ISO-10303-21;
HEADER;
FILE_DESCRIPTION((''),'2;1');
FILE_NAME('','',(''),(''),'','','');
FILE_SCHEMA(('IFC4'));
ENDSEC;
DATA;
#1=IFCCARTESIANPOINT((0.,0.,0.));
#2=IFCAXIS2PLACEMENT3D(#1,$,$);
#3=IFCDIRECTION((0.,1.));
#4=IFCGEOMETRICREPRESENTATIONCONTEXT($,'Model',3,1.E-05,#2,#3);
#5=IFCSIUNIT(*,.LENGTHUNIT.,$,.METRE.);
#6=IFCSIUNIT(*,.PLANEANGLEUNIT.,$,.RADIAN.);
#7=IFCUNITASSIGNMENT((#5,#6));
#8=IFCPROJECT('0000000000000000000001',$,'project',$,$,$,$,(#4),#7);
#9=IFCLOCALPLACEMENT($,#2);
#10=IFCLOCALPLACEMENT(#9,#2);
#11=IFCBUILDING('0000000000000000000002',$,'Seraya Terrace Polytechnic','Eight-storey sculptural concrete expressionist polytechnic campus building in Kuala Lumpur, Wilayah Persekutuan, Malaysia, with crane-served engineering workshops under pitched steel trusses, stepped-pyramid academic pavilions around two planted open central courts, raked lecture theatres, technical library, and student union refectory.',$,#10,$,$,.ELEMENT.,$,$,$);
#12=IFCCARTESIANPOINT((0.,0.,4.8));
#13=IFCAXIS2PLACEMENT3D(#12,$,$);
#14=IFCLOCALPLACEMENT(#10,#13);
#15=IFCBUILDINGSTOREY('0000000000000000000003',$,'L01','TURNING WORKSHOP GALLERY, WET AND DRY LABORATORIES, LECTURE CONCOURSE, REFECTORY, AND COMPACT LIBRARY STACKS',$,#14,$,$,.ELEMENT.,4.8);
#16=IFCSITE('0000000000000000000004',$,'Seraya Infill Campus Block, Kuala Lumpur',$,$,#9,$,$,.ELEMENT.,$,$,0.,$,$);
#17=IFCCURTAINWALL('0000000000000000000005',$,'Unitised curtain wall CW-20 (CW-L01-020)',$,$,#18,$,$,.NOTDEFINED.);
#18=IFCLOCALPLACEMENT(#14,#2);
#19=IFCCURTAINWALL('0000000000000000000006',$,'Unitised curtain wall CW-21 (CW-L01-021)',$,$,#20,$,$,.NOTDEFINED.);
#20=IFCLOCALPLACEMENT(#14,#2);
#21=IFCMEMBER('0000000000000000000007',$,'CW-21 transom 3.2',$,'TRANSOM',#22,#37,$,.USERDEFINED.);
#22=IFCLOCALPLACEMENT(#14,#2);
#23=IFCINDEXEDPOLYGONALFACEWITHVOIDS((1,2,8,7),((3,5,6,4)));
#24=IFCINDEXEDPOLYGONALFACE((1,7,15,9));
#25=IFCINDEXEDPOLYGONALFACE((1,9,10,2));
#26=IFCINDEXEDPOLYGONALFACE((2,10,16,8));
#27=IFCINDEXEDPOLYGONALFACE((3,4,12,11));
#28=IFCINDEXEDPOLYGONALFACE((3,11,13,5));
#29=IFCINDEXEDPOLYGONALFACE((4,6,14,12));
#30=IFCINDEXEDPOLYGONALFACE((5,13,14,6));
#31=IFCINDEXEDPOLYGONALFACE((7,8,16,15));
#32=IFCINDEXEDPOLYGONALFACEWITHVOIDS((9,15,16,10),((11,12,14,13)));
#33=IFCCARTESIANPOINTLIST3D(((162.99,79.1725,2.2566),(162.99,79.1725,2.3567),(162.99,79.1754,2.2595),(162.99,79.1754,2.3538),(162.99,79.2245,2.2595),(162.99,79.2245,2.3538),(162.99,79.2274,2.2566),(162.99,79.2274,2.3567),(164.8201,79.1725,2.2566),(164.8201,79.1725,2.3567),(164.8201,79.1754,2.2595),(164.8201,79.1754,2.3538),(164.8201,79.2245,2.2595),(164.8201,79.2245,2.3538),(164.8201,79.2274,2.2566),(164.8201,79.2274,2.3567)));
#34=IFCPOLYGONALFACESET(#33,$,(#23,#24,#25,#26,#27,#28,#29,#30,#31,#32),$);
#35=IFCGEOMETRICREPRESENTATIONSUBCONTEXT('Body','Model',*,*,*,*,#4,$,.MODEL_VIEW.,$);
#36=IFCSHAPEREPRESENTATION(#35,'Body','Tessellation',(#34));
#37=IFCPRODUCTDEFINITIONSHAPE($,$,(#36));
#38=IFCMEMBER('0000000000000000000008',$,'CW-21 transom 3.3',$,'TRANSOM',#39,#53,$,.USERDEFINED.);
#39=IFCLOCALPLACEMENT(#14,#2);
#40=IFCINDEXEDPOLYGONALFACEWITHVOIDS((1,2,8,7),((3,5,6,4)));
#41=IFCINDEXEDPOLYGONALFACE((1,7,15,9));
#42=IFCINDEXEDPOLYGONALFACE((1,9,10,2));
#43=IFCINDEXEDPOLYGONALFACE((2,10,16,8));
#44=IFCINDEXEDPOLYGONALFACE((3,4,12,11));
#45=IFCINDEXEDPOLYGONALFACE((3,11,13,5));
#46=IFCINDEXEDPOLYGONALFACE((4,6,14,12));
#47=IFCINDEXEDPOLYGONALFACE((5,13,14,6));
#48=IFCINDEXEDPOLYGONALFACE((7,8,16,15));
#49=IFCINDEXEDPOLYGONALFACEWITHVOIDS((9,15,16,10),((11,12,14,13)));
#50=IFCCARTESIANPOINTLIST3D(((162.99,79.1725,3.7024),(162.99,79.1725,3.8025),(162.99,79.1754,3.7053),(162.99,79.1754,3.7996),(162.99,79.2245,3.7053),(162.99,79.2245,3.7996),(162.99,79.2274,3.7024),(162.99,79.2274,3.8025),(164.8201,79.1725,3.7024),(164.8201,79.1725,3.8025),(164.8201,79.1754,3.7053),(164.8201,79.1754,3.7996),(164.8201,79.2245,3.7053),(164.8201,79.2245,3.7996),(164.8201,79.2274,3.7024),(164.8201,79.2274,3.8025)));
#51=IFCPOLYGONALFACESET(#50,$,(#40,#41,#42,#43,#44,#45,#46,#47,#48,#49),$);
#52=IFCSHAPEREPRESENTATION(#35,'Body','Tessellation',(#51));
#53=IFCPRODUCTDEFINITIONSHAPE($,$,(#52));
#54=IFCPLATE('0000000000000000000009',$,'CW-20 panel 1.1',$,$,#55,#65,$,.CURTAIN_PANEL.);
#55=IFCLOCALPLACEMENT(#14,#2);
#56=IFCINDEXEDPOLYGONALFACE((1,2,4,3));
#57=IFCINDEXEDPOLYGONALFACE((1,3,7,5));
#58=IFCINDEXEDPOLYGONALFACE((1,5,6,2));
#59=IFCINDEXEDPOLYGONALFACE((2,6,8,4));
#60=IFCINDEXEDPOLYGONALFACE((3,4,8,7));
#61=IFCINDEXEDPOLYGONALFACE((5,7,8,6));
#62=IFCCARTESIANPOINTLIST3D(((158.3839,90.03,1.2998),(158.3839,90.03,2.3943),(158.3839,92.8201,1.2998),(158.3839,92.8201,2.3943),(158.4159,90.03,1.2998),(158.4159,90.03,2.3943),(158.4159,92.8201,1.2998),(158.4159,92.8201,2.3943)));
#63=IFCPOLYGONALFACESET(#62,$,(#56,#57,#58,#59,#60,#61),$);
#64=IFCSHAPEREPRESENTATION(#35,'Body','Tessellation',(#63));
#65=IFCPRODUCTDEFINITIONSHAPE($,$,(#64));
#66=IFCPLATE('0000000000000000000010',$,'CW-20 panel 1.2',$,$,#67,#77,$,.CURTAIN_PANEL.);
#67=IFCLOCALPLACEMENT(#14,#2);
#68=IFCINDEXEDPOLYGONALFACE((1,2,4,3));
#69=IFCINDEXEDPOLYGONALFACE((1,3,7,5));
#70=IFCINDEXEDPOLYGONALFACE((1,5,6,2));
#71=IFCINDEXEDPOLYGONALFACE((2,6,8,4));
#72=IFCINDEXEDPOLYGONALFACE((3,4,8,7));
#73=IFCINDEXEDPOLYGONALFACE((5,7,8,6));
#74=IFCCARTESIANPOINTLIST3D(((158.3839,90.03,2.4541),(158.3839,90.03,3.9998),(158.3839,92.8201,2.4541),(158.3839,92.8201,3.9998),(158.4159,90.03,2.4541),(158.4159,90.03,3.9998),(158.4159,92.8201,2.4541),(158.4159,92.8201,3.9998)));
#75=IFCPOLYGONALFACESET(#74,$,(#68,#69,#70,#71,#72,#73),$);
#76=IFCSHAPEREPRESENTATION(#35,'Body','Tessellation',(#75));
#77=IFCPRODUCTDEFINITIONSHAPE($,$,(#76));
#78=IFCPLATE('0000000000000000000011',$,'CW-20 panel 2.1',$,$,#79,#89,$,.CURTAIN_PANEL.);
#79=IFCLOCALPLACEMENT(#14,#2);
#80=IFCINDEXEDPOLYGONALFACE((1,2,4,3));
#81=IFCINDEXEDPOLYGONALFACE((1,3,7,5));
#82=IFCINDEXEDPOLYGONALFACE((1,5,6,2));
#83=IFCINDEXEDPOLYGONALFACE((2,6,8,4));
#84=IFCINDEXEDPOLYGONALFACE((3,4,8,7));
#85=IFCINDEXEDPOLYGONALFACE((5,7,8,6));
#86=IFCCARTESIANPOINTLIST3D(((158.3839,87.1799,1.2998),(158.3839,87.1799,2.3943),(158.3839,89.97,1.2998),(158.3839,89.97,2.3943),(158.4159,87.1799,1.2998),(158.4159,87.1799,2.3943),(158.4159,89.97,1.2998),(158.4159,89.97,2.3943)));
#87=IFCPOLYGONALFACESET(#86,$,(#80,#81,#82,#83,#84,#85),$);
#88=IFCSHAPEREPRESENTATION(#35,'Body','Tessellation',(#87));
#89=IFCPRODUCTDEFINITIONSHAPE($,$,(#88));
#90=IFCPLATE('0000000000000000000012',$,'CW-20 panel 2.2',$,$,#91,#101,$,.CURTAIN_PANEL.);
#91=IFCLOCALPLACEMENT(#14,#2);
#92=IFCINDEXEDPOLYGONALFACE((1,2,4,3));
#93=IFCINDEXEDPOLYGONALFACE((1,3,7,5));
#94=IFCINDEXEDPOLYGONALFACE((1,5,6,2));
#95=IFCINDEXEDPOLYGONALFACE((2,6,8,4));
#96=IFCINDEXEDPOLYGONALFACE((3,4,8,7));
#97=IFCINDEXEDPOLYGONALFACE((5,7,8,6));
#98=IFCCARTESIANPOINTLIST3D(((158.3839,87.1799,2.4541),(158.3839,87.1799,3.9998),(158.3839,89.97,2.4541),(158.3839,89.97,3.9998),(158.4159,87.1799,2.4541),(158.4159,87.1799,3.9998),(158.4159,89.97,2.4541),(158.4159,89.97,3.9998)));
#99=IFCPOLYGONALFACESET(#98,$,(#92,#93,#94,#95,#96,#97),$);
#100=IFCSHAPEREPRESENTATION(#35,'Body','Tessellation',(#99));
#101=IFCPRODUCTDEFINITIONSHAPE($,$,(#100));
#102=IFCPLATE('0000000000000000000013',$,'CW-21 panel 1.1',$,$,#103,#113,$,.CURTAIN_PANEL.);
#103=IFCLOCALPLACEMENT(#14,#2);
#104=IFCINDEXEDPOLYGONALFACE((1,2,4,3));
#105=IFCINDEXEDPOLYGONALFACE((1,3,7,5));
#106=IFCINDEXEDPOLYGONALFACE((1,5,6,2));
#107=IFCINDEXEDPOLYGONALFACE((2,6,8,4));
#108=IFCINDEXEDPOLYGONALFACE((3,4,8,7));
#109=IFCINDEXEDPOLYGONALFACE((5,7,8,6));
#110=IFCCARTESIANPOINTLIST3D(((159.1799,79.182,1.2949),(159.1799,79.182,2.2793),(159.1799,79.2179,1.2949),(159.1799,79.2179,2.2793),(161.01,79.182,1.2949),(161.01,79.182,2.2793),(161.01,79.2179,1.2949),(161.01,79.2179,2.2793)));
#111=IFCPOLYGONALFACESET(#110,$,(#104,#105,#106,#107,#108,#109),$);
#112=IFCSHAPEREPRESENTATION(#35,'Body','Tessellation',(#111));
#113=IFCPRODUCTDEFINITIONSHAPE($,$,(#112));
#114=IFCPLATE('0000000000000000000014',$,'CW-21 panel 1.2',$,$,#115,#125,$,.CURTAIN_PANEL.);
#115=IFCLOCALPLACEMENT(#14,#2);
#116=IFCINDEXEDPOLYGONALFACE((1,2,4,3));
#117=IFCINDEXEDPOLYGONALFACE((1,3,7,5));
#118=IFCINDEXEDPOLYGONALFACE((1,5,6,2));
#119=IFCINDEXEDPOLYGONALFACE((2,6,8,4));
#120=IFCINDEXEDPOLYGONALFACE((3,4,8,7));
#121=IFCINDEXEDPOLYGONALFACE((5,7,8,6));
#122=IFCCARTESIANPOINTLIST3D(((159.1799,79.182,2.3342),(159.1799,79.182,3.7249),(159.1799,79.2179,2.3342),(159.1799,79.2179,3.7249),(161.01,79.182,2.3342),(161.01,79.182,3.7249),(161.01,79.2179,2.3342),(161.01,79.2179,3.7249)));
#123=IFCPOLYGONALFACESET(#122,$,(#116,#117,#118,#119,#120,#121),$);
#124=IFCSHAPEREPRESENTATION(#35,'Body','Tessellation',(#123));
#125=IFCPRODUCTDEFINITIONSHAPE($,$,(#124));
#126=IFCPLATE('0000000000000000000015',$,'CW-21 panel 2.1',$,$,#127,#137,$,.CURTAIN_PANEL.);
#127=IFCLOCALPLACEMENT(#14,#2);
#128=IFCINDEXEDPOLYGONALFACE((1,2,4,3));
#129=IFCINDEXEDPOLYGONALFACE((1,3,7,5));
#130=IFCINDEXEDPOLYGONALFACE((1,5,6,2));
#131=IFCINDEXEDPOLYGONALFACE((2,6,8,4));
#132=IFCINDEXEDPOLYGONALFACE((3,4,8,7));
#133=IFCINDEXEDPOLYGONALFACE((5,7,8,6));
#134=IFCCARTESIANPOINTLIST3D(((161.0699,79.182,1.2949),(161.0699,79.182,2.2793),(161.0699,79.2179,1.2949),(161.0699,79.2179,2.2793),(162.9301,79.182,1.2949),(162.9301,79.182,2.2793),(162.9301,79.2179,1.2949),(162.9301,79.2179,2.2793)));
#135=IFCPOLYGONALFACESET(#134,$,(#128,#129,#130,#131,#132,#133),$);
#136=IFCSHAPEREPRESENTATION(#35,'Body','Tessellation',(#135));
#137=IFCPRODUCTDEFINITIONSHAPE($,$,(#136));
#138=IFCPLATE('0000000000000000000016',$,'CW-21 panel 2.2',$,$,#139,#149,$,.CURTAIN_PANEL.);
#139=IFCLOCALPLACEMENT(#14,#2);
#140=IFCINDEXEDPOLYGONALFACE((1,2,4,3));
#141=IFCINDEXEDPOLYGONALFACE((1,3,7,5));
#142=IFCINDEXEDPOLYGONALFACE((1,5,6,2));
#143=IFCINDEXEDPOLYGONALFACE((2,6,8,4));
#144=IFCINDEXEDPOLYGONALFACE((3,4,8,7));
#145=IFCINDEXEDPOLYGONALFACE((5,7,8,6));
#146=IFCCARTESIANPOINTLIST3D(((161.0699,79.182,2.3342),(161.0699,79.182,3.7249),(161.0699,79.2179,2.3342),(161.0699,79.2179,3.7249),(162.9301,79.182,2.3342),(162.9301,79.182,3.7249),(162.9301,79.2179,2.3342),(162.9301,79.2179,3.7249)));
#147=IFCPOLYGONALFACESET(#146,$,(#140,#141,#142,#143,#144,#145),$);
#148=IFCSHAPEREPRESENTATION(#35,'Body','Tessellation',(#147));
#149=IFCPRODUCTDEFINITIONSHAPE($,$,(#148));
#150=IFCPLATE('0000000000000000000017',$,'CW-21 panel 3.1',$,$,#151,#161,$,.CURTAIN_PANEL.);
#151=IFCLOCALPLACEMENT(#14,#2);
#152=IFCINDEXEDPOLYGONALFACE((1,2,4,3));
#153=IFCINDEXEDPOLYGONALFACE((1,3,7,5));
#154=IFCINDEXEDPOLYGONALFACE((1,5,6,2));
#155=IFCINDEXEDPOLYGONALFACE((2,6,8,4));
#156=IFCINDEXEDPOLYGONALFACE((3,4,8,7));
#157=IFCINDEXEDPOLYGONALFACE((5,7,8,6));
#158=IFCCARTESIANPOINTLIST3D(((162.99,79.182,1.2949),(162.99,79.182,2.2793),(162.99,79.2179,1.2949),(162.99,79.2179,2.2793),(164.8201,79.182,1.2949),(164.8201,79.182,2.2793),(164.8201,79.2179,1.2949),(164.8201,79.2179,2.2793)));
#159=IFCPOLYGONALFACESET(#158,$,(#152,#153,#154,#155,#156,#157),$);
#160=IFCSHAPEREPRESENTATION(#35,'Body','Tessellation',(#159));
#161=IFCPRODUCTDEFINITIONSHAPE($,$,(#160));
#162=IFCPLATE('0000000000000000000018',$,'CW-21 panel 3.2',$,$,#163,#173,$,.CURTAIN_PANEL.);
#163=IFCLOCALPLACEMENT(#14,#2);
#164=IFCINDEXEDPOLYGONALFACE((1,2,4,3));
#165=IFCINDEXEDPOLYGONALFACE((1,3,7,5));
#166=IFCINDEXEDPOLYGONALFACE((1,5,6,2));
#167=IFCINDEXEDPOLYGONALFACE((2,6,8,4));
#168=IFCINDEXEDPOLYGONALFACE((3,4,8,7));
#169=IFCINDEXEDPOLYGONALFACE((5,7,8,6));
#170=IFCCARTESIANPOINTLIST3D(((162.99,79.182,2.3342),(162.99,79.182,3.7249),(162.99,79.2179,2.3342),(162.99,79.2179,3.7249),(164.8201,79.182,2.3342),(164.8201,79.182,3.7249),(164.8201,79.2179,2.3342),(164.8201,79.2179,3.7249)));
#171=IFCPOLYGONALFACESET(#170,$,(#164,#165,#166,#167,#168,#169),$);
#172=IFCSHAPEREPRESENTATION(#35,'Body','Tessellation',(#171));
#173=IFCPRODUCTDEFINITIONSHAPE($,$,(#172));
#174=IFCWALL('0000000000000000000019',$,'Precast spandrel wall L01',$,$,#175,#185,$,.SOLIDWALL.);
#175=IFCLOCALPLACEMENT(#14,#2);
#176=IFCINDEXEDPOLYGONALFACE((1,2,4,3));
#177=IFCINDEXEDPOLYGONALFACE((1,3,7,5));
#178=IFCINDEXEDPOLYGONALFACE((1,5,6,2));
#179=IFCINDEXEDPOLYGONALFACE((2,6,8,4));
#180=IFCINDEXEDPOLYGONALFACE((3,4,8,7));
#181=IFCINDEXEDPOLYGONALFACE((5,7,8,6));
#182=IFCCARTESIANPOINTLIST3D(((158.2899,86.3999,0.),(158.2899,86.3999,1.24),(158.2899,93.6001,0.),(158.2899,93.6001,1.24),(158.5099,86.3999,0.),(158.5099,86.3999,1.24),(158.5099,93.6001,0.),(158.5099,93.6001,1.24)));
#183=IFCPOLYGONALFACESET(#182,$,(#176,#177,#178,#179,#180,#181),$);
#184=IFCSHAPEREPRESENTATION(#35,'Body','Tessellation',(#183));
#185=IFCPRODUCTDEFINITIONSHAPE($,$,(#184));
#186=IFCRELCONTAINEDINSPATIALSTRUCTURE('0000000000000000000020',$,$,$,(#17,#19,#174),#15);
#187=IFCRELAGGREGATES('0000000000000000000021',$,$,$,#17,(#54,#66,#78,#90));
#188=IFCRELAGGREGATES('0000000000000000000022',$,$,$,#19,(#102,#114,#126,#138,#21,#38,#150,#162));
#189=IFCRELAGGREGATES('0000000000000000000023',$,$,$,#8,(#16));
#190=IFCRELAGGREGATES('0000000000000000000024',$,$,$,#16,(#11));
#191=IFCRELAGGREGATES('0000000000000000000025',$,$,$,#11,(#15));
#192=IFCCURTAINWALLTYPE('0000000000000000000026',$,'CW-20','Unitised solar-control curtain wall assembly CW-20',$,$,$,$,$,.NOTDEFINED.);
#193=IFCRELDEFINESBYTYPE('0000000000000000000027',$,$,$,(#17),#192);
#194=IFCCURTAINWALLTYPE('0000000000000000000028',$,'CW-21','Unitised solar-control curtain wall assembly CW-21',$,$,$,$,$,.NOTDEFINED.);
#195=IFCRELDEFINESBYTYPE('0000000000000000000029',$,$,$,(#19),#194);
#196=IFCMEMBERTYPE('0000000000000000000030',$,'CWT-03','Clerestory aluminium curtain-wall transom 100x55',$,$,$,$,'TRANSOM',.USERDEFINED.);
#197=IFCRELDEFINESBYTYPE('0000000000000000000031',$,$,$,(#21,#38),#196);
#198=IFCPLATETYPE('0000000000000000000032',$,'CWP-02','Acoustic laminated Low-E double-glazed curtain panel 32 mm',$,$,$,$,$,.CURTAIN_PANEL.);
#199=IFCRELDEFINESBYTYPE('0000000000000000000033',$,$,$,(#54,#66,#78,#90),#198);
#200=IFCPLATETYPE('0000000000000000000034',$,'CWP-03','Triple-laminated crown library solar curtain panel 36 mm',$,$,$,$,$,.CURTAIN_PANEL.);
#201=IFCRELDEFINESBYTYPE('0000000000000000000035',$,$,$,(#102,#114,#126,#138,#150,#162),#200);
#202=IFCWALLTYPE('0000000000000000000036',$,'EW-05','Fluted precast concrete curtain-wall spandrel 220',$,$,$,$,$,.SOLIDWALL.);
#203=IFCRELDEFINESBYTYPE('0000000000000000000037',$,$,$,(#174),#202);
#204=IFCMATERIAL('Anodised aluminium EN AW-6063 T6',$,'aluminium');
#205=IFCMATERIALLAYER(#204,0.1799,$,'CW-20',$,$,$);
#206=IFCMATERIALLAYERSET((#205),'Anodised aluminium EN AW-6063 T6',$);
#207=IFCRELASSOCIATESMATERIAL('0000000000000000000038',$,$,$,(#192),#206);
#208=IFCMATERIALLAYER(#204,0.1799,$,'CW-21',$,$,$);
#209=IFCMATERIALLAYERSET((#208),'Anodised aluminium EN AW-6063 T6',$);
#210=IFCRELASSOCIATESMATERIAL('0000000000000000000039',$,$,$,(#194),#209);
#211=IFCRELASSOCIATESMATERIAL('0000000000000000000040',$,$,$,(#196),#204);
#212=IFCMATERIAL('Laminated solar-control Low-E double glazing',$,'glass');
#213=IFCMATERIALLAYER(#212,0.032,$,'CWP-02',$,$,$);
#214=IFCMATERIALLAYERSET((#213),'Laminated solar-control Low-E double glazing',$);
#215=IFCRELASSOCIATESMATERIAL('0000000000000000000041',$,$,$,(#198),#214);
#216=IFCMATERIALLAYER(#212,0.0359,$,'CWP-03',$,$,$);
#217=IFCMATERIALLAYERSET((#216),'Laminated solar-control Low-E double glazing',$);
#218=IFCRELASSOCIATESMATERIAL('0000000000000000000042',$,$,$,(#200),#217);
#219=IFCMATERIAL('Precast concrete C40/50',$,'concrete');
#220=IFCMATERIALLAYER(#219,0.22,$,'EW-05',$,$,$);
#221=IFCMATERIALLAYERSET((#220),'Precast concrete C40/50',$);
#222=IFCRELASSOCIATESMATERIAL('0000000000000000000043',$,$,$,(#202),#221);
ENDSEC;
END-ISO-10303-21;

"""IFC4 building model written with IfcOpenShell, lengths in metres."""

from ifc_helpers import new_model, si_unit, direction, frame, frame_2d, origin, origin_2d, place, context, subcontext, project, spatial, rectangle, hollow_rectangle, extrude, material, layer, layer_set, material_profile, profile_set, type_object, element, aggregate, save


model = new_model("IFC4")

# Units and contexts
model_context = context("Model", 3, precision=1e-05, world=origin(), true_north=direction((0.0, 1.0)))
body_context = subcontext(model_context, "Body", "Model", "MODEL_VIEW")
ifc_project = project(units=[si_unit("LENGTHUNIT", "METRE"), si_unit("PLANEANGLEUNIT", "RADIAN")], contexts=[model_context])

# Site, building, storey
site_placement = place(None, origin())
site = spatial("IfcSite", under=ifc_project, at=site_placement, Name="Seraya Infill Campus Block, Kuala Lumpur", CompositionType="ELEMENT", RefElevation=0.0)
building_placement = place(site_placement, origin())
building = spatial("IfcBuilding", under=site, at=building_placement, Name="Seraya Terrace Polytechnic", Description="Eight-storey sculptural concrete expressionist polytechnic campus building in Kuala Lumpur, Wilayah Persekutuan, Malaysia, with crane-served engineering workshops under pitched steel trusses, stepped-pyramid academic pavilions around two planted open central courts, raked lecture theatres, technical library, and student union refectory.", CompositionType="ELEMENT")
storey_placement = place(building_placement, frame((0.0, 0.0, 4.8)))
storey = spatial("IfcBuildingStorey", under=building, at=storey_placement, Name="L01", Description="TURNING WORKSHOP GALLERY, WET AND DRY LABORATORIES, LECTURE CONCOURSE, REFECTORY, AND COMPACT LIBRARY STACKS", CompositionType="ELEMENT", Elevation=4.8)

# Curtain walls
ifc_material_1 = material(Name="Anodised aluminium EN AW-6063 T6", Category="aluminium")
ifc_layer_1 = layer(ifc_material_1, 0.1799, Name="CW-20")
ifc_layer_set_1 = layer_set([ifc_layer_1], Name="Anodised aluminium EN AW-6063 T6")
curtain_wall_type_1 = type_object("IfcCurtainWallType", Name="CW-20", Description="Unitised solar-control curtain wall assembly CW-20", PredefinedType="NOTDEFINED", material=ifc_layer_set_1)
curtain_wall_1_placement = place(storey_placement, origin())
curtain_wall_1 = element("IfcCurtainWall", 1, at=curtain_wall_1_placement, inside=storey, type_object=curtain_wall_type_1, Name="Unitised curtain wall CW-20 (CW-L01-020)", PredefinedType="NOTDEFINED")
ifc_layer_2 = layer(ifc_material_1, 0.1799, Name="CW-21")
ifc_layer_set_2 = layer_set([ifc_layer_2], Name="Anodised aluminium EN AW-6063 T6")
curtain_wall_type_2 = type_object("IfcCurtainWallType", Name="CW-21", Description="Unitised solar-control curtain wall assembly CW-21", PredefinedType="NOTDEFINED", material=ifc_layer_set_2)
curtain_wall_2_placement = place(storey_placement, origin())
curtain_wall_2 = element("IfcCurtainWall", 2, at=curtain_wall_2_placement, inside=storey, type_object=curtain_wall_type_2, Name="Unitised curtain wall CW-21 (CW-L01-021)", PredefinedType="NOTDEFINED")

# Members
ifc_material_profile_1 = material_profile(ifc_material_1, hollow_rectangle(XDim=0.0549, YDim=0.1001, WallThickness=0.0029, at=origin_2d()), Name="RHS 100x55x3.0")
ifc_profile_set_1 = profile_set([ifc_material_profile_1], Name="Anodised aluminium EN AW-6063 T6")
member_type_1 = type_object("IfcMemberType", Name="CWT-03", Description="Clerestory aluminium curtain-wall transom 100x55", ElementType="TRANSOM", PredefinedType="USERDEFINED", material=ifc_profile_set_1)
member_1_placement = place(storey_placement, frame((162.99, 79.2, 2.3066), z_axis=(1.0, 0.0, 0.0), x_axis=(0.0, 1.0, 0.0)))
member_1 = element("IfcMember", 3, at=member_1_placement, type_object=member_type_1, Name="CW-21 transom 3.2", ObjectType="TRANSOM", PredefinedType="USERDEFINED", context=body_context, shape_type="SweptSolid", body=[
    extrude(hollow_rectangle(XDim=0.0549, YDim=0.1001, WallThickness=0.0029, at=origin_2d()), origin(), (0.0, 0.0, 1.0), 1.8301),
])
member_2_placement = place(storey_placement, frame((162.99, 79.2, 3.7524), z_axis=(1.0, 0.0, 0.0), x_axis=(0.0, 1.0, 0.0)))
member_2 = element("IfcMember", 4, at=member_2_placement, type_object=member_type_1, Name="CW-21 transom 3.3", ObjectType="TRANSOM", PredefinedType="USERDEFINED", context=body_context, shape_type="SweptSolid", body=[
    extrude(hollow_rectangle(XDim=0.0549, YDim=0.1001, WallThickness=0.0029, at=origin_2d()), origin(), (0.0, 0.0, 1.0), 1.8301),
])

# Plates
ifc_material_2 = material(Name="Laminated solar-control Low-E double glazing", Category="glass")
ifc_layer_3 = layer(ifc_material_2, 0.032, Name="CWP-02")
ifc_layer_set_3 = layer_set([ifc_layer_3], Name="Laminated solar-control Low-E double glazing")
plate_type_1 = type_object("IfcPlateType", Name="CWP-02", Description="Acoustic laminated Low-E double-glazed curtain panel 32 mm", PredefinedType="CURTAIN_PANEL", material=ifc_layer_set_3)
plate_1_placement = place(storey_placement, frame((158.3999, 91.425, 1.2998), z_axis=(0.0, 0.0, 1.0), x_axis=(0.0, -1.0, 0.0)))
plate_1 = element("IfcPlate", 5, at=plate_1_placement, type_object=plate_type_1, Name="CW-20 panel 1.1", PredefinedType="CURTAIN_PANEL", context=body_context, shape_type="SweptSolid", body=[
    extrude(rectangle(XDim=2.79, YDim=0.032, at=origin_2d()), origin(), (0.0, 0.0, 1.0), 1.0945),
])
plate_2_placement = place(storey_placement, frame((158.3999, 91.425, 2.4541), z_axis=(0.0, 0.0, 1.0), x_axis=(0.0, -1.0, 0.0)))
plate_2 = element("IfcPlate", 6, at=plate_2_placement, type_object=plate_type_1, Name="CW-20 panel 1.2", PredefinedType="CURTAIN_PANEL", context=body_context, shape_type="SweptSolid", body=[
    extrude(rectangle(XDim=2.79, YDim=0.032, at=origin_2d()), origin(), (0.0, 0.0, 1.0), 1.5457),
])
plate_3_placement = place(storey_placement, frame((158.3999, 88.575, 1.2998), z_axis=(0.0, 0.0, 1.0), x_axis=(0.0, -1.0, 0.0)))
plate_3 = element("IfcPlate", 7, at=plate_3_placement, type_object=plate_type_1, Name="CW-20 panel 2.1", PredefinedType="CURTAIN_PANEL", context=body_context, shape_type="SweptSolid", body=[
    extrude(rectangle(XDim=2.79, YDim=0.032, at=origin_2d()), origin(), (0.0, 0.0, 1.0), 1.0945),
])
plate_4_placement = place(storey_placement, frame((158.3999, 88.575, 2.4541), z_axis=(0.0, 0.0, 1.0), x_axis=(0.0, -1.0, 0.0)))
plate_4 = element("IfcPlate", 8, at=plate_4_placement, type_object=plate_type_1, Name="CW-20 panel 2.2", PredefinedType="CURTAIN_PANEL", context=body_context, shape_type="SweptSolid", body=[
    extrude(rectangle(XDim=2.79, YDim=0.032, at=origin_2d()), origin(), (0.0, 0.0, 1.0), 1.5457),
])
aggregate(curtain_wall_1, [plate_1, plate_2, plate_3, plate_4])
ifc_layer_4 = layer(ifc_material_2, 0.0359, Name="CWP-03")
ifc_layer_set_4 = layer_set([ifc_layer_4], Name="Laminated solar-control Low-E double glazing")
plate_type_2 = type_object("IfcPlateType", Name="CWP-03", Description="Triple-laminated crown library solar curtain panel 36 mm", PredefinedType="CURTAIN_PANEL", material=ifc_layer_set_4)
plate_5_placement = place(storey_placement, frame((160.095, 79.2, 1.2949), z_axis=(0.0, 0.0, 1.0), x_axis=(1.0, 0.0, 0.0)))
plate_5 = element("IfcPlate", 9, at=plate_5_placement, type_object=plate_type_2, Name="CW-21 panel 1.1", PredefinedType="CURTAIN_PANEL", context=body_context, shape_type="SweptSolid", body=[
    extrude(rectangle(XDim=1.8301, YDim=0.0359, at=origin_2d()), origin(), (0.0, 0.0, 1.0), 0.9844),
])
plate_6_placement = place(storey_placement, frame((160.095, 79.2, 2.3342), z_axis=(0.0, 0.0, 1.0), x_axis=(1.0, 0.0, 0.0)))
plate_6 = element("IfcPlate", 10, at=plate_6_placement, type_object=plate_type_2, Name="CW-21 panel 1.2", PredefinedType="CURTAIN_PANEL", context=body_context, shape_type="SweptSolid", body=[
    extrude(rectangle(XDim=1.8301, YDim=0.0359, at=origin_2d()), origin(), (0.0, 0.0, 1.0), 1.3906),
])
plate_7_placement = place(storey_placement, frame((162.0, 79.2, 1.2949), z_axis=(0.0, 0.0, 1.0), x_axis=(1.0, 0.0, 0.0)))
plate_7 = element("IfcPlate", 11, at=plate_7_placement, type_object=plate_type_2, Name="CW-21 panel 2.1", PredefinedType="CURTAIN_PANEL", context=body_context, shape_type="SweptSolid", body=[
    extrude(rectangle(XDim=1.8601, YDim=0.0359, at=origin_2d()), origin(), (0.0, 0.0, 1.0), 0.9844),
])
plate_8_placement = place(storey_placement, frame((162.0, 79.2, 2.3342), z_axis=(0.0, 0.0, 1.0), x_axis=(1.0, 0.0, 0.0)))
plate_8 = element("IfcPlate", 12, at=plate_8_placement, type_object=plate_type_2, Name="CW-21 panel 2.2", PredefinedType="CURTAIN_PANEL", context=body_context, shape_type="SweptSolid", body=[
    extrude(rectangle(XDim=1.8601, YDim=0.0359, at=origin_2d()), origin(), (0.0, 0.0, 1.0), 1.3906),
])
plate_9_placement = place(storey_placement, frame((163.905, 79.2, 1.2949), z_axis=(0.0, 0.0, 1.0), x_axis=(1.0, 0.0, 0.0)))
plate_9 = element("IfcPlate", 13, at=plate_9_placement, type_object=plate_type_2, Name="CW-21 panel 3.1", PredefinedType="CURTAIN_PANEL", context=body_context, shape_type="SweptSolid", body=[
    extrude(rectangle(XDim=1.8301, YDim=0.0359, at=origin_2d()), origin(), (0.0, 0.0, 1.0), 0.9844),
])
plate_10_placement = place(storey_placement, frame((163.905, 79.2, 2.3342), z_axis=(0.0, 0.0, 1.0), x_axis=(1.0, 0.0, 0.0)))
plate_10 = element("IfcPlate", 14, at=plate_10_placement, type_object=plate_type_2, Name="CW-21 panel 3.2", PredefinedType="CURTAIN_PANEL", context=body_context, shape_type="SweptSolid", body=[
    extrude(rectangle(XDim=1.8301, YDim=0.0359, at=origin_2d()), origin(), (0.0, 0.0, 1.0), 1.3906),
])
aggregate(curtain_wall_2, [plate_5, plate_6, plate_7, plate_8, member_1, member_2, plate_9, plate_10])

# Wall
ifc_material_3 = material(Name="Precast concrete C40/50", Category="concrete")
ifc_layer_5 = layer(ifc_material_3, 0.22, Name="EW-05")
ifc_layer_set_5 = layer_set([ifc_layer_5], Name="Precast concrete C40/50")
wall_type = type_object("IfcWallType", Name="EW-05", Description="Fluted precast concrete curtain-wall spandrel 220", PredefinedType="SOLIDWALL", material=ifc_layer_set_5)
wall_placement = place(storey_placement, frame((158.3999, 93.6001, 0.0), z_axis=(0.0, 0.0, 1.0), x_axis=(0.0, -1.0, 0.0)))
element("IfcWall", 15, at=wall_placement, inside=storey, type_object=wall_type, Name="Precast spandrel wall L01", PredefinedType="SOLIDWALL", context=body_context, shape_type="SweptSolid", body=[
    extrude(rectangle(XDim=7.2002, YDim=0.22, at=frame_2d((3.6001, 0.0))), origin(), (0.0, 0.0, 1.0), 1.24),
])

save(model, "model.ifc")
